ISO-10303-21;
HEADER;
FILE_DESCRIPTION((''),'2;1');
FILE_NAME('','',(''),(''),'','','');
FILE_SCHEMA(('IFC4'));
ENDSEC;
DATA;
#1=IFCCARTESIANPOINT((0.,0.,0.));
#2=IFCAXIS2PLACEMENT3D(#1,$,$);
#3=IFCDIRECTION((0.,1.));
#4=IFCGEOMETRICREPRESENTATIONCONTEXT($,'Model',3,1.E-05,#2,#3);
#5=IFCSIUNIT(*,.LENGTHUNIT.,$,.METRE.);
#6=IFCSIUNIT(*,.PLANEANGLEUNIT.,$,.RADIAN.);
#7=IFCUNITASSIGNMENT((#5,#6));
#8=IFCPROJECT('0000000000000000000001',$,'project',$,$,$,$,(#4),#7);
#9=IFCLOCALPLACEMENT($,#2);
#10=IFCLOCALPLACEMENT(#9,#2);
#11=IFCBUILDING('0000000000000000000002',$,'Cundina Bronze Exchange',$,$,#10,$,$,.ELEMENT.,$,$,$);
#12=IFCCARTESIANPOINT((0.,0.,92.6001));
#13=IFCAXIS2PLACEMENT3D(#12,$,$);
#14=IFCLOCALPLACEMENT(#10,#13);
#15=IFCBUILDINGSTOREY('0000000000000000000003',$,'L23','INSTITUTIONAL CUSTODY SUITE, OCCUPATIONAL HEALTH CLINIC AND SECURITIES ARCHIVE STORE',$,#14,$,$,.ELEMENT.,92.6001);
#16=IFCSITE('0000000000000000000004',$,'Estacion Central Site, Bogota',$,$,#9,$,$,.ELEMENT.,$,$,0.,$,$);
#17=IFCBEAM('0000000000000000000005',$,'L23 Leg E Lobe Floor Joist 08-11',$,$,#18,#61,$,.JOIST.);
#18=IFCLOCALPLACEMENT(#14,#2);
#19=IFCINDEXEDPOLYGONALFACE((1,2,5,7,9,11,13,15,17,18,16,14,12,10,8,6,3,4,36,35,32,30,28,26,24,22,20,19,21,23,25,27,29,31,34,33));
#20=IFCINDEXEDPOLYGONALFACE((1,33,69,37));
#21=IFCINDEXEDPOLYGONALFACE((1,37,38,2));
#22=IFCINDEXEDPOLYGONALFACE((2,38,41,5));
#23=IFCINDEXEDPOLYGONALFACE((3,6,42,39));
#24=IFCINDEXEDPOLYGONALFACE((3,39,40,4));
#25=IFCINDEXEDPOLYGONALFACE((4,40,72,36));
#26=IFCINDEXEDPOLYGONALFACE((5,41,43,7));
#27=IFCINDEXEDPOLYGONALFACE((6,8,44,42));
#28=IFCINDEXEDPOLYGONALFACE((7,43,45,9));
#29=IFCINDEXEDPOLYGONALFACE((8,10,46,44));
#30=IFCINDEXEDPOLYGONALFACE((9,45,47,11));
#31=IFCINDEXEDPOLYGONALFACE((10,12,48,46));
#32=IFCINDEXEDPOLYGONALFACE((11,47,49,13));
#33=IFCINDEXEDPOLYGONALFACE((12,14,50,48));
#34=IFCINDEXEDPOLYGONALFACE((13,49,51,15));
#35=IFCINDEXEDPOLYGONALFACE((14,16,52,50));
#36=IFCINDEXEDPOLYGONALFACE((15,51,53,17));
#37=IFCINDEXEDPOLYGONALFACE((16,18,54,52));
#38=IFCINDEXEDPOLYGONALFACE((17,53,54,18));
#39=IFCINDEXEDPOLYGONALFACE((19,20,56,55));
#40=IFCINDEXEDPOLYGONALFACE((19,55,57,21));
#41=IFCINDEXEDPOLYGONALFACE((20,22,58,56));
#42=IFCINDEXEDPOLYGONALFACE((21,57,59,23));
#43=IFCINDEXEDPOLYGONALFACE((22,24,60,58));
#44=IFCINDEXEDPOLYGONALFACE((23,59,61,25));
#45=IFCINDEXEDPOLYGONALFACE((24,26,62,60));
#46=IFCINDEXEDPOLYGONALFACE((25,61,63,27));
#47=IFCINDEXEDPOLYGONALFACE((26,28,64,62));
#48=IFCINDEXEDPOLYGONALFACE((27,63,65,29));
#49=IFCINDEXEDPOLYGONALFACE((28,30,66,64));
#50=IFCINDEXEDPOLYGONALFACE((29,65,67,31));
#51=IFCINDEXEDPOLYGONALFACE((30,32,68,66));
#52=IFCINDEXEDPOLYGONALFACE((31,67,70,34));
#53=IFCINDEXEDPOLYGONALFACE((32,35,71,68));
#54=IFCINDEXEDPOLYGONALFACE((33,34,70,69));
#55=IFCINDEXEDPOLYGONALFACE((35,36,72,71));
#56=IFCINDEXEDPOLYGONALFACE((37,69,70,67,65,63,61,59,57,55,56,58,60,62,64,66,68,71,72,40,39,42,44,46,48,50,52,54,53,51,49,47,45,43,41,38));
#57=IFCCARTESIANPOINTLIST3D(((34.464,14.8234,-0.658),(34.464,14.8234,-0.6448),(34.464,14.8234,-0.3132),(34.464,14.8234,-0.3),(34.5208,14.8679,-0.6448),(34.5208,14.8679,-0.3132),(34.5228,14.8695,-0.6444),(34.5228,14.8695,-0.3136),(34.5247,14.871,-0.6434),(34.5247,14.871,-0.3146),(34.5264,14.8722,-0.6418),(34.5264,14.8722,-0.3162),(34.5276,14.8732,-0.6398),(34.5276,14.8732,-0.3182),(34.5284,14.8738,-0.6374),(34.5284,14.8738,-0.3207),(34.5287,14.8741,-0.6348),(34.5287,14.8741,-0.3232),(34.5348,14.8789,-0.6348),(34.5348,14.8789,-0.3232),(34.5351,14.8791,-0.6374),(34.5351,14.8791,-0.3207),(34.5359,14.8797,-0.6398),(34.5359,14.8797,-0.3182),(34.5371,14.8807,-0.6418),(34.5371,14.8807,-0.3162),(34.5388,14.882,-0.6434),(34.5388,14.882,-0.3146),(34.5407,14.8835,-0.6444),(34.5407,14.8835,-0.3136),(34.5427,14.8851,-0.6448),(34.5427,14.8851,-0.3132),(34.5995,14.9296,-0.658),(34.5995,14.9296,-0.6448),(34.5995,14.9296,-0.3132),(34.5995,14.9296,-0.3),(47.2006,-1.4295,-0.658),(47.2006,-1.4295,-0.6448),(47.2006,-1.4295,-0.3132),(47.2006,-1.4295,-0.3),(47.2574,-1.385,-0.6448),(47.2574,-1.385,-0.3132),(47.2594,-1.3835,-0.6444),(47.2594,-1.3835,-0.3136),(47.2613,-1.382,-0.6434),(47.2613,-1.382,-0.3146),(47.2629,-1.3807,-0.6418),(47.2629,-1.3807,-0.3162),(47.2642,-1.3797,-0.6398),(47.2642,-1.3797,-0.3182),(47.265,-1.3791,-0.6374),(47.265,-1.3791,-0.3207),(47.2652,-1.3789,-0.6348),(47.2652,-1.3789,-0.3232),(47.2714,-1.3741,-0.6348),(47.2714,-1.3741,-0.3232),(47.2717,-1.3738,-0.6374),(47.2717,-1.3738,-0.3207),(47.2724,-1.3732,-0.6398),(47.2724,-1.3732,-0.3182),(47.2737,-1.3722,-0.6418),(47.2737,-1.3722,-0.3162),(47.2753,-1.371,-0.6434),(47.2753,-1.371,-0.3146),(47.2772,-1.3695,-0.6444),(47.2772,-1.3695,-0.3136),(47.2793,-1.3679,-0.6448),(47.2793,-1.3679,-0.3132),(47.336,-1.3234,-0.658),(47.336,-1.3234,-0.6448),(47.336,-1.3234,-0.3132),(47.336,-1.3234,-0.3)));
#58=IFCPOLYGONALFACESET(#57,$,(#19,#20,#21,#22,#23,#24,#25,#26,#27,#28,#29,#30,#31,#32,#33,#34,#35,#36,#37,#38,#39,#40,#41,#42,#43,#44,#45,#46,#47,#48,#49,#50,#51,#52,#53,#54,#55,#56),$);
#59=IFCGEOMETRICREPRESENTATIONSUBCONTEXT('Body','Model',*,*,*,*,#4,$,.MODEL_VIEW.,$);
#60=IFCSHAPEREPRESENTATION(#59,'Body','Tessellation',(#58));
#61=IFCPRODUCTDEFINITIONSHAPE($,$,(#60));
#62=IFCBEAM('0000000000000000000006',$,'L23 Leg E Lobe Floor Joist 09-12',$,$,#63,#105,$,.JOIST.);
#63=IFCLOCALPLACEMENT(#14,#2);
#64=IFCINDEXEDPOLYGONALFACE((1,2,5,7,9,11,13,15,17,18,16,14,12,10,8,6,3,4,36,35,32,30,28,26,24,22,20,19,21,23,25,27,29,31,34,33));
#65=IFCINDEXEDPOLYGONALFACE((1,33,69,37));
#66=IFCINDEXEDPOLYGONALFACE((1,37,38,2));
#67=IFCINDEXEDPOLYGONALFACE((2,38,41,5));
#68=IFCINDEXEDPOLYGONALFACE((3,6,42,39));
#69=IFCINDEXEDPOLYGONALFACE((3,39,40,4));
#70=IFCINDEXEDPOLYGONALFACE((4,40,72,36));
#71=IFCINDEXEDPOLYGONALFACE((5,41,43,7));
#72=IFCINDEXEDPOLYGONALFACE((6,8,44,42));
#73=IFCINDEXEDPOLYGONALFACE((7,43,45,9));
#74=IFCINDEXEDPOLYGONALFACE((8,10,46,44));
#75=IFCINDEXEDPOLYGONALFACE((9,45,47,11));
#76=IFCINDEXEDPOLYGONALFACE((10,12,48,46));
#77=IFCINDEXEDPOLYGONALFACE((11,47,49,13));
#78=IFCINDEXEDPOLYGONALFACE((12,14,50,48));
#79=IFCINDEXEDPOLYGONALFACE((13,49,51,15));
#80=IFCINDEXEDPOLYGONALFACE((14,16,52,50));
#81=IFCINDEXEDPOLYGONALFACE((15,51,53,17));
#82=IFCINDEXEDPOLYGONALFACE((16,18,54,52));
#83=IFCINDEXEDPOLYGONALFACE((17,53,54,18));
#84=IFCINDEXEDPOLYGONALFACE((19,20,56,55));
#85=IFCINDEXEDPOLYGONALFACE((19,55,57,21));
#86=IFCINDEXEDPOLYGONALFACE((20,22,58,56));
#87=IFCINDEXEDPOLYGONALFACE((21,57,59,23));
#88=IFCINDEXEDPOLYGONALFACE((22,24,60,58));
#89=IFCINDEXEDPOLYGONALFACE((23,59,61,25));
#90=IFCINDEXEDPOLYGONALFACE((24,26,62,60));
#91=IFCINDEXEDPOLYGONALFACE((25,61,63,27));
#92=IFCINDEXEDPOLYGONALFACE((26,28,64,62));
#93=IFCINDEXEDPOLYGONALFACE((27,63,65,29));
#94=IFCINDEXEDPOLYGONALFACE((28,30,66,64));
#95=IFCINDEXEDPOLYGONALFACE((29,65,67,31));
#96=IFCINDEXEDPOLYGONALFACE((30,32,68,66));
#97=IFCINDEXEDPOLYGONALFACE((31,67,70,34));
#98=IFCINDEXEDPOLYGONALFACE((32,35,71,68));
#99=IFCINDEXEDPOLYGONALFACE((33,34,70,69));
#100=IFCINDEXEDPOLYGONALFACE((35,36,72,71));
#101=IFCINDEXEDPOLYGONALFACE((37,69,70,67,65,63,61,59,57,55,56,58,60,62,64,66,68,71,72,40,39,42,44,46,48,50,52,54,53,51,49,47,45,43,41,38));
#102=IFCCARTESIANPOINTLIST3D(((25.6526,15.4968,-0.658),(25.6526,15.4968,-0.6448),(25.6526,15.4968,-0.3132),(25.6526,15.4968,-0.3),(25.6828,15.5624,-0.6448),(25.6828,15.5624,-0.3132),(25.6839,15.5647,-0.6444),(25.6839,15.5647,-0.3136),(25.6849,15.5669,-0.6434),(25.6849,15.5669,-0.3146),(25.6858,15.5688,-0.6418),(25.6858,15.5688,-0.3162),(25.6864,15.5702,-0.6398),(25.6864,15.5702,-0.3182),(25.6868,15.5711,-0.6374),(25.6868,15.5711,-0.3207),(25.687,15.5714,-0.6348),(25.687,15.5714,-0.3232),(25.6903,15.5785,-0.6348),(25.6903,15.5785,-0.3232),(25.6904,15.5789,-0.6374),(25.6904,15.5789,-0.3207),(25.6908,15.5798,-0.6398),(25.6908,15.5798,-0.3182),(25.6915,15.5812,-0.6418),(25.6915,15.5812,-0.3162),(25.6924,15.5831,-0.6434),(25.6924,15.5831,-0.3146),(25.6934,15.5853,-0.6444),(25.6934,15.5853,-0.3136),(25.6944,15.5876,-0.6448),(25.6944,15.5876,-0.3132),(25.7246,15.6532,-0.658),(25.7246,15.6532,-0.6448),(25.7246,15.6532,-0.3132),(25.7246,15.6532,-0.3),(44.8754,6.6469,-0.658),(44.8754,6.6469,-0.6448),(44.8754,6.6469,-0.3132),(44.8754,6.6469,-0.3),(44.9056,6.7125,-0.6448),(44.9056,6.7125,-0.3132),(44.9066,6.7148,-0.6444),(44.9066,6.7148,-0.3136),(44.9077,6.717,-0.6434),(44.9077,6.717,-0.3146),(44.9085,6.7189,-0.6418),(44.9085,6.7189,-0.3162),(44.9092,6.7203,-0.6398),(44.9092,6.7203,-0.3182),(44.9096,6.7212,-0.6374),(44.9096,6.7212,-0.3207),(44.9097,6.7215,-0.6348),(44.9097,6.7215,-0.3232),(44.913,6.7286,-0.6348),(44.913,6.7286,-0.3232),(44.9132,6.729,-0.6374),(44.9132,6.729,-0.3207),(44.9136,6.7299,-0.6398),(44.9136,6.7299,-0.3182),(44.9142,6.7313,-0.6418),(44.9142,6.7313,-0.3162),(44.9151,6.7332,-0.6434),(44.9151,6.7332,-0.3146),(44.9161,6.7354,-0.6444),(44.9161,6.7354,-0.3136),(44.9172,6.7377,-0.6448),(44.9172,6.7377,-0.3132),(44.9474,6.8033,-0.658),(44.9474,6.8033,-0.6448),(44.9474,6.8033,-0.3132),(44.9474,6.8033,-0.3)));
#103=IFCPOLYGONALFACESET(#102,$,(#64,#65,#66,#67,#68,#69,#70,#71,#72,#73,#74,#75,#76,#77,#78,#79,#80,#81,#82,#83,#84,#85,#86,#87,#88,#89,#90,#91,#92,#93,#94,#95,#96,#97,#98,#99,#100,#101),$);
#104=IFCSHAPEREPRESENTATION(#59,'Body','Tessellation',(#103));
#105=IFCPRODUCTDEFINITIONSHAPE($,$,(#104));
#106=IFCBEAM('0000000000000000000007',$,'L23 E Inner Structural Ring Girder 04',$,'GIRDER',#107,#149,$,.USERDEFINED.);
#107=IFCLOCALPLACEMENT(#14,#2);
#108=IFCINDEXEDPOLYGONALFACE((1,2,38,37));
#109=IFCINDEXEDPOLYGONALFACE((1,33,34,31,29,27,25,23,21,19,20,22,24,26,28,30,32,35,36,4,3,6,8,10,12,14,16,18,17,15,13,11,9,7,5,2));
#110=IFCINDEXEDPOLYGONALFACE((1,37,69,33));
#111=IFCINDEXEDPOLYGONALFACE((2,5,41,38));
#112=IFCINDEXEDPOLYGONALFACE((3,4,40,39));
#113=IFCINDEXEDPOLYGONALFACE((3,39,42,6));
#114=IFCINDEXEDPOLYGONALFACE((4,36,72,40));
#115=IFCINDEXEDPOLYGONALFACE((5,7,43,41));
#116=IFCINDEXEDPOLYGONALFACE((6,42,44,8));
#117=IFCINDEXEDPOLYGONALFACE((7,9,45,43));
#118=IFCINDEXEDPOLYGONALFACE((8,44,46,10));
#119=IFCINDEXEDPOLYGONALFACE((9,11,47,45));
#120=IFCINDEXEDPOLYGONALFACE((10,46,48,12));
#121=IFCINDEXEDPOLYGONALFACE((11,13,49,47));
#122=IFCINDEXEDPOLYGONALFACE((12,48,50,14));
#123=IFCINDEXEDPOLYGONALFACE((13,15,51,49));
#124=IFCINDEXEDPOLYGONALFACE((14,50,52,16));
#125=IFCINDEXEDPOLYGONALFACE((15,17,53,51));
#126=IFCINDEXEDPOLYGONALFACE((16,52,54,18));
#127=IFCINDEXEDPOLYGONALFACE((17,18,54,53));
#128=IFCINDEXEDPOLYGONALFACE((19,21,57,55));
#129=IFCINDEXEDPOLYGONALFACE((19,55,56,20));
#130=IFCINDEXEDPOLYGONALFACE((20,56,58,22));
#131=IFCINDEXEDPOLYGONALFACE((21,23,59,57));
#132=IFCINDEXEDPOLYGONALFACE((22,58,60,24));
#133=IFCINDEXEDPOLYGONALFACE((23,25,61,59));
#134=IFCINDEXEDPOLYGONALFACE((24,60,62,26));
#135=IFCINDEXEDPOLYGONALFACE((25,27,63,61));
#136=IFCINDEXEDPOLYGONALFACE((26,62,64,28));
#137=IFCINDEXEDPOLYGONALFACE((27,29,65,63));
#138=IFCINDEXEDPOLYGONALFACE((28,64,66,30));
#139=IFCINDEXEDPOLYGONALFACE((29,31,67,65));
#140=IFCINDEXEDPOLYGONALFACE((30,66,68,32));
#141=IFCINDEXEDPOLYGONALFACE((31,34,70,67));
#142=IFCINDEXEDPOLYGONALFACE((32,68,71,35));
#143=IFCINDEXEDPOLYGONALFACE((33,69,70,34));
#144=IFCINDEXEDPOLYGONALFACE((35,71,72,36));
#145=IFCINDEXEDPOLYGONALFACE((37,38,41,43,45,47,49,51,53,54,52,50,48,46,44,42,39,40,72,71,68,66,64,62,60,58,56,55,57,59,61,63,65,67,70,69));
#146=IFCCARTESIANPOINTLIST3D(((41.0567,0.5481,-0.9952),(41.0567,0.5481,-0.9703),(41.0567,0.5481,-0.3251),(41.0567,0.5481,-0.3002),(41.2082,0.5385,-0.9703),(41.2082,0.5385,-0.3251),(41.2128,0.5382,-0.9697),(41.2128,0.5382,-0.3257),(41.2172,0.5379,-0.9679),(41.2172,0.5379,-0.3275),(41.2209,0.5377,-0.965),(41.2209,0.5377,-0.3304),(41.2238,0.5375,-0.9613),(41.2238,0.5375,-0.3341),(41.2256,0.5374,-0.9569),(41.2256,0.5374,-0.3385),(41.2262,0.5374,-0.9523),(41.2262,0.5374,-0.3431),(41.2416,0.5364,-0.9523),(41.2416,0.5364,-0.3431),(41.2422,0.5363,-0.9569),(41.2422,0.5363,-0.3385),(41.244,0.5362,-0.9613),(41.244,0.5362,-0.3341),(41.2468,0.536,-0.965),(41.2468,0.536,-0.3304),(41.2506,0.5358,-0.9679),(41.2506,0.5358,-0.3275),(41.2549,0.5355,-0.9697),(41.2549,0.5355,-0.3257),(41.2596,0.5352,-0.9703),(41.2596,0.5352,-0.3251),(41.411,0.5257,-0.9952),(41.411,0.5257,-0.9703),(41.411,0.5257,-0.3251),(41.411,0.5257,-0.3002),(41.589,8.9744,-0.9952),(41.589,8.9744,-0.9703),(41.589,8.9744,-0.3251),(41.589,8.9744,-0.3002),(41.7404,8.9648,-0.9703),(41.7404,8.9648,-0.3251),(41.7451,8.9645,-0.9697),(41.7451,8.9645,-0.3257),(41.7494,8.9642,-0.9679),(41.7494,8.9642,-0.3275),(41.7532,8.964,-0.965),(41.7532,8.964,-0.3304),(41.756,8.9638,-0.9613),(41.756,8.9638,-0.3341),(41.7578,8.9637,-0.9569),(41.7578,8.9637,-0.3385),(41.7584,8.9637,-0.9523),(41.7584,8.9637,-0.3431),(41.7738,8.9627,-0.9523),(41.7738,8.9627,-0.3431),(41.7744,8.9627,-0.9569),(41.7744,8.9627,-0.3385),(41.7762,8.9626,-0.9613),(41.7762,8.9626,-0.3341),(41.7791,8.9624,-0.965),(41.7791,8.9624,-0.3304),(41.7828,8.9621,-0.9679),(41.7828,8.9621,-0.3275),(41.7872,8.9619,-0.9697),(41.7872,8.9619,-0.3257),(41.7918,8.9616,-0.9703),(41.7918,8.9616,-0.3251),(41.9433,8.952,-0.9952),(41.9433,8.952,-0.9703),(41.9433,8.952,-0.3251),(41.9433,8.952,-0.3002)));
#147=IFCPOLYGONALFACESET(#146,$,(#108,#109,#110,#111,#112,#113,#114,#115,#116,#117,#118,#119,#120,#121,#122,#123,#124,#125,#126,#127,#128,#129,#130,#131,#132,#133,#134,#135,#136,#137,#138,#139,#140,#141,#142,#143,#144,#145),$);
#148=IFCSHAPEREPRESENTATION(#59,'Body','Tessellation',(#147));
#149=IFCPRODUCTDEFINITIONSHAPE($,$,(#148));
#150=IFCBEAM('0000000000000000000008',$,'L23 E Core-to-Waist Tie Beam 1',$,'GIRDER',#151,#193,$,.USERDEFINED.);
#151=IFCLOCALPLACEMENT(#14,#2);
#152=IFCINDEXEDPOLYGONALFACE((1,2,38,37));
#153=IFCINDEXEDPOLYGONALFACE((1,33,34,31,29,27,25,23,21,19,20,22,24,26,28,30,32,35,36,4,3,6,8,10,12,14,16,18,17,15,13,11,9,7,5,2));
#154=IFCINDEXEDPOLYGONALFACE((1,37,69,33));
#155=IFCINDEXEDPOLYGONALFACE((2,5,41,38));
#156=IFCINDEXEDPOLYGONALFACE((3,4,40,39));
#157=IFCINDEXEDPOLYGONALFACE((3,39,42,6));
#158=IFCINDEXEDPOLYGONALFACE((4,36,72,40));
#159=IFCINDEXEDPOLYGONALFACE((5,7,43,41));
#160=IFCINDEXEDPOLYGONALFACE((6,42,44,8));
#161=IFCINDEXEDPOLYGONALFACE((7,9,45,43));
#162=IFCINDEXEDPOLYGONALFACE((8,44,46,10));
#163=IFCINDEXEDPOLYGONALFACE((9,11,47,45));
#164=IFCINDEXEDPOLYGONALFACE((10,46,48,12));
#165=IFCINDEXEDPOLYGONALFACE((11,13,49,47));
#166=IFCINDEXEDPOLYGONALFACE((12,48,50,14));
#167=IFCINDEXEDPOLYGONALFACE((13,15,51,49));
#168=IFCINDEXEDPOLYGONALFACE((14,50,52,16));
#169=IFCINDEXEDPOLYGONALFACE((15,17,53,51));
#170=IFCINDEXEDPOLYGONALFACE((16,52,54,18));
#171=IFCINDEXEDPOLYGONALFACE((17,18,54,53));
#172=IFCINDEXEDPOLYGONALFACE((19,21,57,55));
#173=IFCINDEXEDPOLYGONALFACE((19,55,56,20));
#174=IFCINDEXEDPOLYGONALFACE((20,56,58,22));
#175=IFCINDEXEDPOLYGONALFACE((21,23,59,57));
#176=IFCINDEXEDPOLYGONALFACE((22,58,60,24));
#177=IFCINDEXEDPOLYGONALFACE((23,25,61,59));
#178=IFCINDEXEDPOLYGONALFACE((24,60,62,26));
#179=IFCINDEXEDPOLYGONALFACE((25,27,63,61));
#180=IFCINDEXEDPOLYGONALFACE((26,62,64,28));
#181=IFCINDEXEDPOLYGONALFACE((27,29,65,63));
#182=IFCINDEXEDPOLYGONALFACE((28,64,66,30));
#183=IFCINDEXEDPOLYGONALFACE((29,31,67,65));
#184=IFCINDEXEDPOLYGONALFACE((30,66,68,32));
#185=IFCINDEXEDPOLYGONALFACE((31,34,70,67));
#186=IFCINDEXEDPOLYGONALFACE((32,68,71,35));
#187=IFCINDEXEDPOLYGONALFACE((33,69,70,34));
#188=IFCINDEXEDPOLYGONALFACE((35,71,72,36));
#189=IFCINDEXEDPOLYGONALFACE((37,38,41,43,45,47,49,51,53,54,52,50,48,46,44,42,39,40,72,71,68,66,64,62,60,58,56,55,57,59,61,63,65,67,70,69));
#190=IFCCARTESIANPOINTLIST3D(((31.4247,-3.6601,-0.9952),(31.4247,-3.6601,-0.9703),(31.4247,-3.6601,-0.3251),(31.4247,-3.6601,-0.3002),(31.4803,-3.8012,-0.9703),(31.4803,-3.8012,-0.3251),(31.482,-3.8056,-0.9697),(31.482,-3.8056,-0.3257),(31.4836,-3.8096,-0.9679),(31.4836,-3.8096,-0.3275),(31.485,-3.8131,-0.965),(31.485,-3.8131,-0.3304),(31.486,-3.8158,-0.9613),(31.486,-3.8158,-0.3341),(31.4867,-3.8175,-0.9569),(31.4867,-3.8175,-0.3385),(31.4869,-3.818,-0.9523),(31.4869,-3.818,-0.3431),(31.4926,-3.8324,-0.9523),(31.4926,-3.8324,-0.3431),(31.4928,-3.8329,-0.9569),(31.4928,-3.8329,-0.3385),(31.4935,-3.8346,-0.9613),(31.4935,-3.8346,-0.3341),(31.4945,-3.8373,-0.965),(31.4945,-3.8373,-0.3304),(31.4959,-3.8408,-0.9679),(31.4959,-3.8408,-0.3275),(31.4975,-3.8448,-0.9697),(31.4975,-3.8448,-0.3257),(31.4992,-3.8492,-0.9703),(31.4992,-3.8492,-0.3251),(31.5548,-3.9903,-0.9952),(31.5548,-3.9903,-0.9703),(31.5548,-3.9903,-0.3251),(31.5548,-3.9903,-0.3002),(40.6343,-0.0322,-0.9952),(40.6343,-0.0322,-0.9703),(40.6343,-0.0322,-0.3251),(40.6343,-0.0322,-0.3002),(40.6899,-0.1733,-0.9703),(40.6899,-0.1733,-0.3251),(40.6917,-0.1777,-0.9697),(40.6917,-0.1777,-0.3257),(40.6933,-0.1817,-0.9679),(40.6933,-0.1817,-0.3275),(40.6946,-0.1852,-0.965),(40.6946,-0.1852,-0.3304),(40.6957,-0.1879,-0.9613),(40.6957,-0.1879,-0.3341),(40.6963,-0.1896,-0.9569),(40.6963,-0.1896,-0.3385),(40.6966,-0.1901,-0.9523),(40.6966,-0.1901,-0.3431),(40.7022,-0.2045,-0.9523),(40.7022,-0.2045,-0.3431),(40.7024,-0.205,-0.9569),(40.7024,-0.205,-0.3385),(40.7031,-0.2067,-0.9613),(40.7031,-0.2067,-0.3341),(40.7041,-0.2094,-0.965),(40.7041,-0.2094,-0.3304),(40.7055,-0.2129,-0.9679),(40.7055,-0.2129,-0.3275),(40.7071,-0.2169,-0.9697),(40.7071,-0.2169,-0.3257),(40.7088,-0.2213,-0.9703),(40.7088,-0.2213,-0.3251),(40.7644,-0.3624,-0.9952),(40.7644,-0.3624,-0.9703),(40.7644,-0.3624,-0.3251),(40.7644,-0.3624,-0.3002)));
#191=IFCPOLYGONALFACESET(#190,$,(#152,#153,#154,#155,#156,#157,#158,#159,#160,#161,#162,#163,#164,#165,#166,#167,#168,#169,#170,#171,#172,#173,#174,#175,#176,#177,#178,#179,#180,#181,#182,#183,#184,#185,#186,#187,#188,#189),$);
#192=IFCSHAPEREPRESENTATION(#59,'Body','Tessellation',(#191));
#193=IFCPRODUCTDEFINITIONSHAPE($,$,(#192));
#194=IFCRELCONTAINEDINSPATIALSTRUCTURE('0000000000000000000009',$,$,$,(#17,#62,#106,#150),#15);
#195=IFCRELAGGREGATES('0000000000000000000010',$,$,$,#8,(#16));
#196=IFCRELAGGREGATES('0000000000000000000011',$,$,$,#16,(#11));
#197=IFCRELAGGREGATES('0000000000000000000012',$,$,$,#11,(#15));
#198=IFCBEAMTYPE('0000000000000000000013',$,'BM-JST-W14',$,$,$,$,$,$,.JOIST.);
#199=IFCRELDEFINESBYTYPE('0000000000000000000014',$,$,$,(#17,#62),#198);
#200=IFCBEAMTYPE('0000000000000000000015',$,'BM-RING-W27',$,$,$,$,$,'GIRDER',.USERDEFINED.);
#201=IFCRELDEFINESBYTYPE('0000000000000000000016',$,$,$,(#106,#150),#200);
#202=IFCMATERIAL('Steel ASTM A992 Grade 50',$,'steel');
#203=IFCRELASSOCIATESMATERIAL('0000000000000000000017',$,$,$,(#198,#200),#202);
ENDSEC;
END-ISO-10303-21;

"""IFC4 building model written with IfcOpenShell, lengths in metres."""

from ifc_helpers import new_model, si_unit, direction, frame, origin, origin_2d, place, context, subcontext, project, spatial, i_section, extrude, material, material_profile, profile_set, type_object, element, save


model = new_model("IFC4")

# Units and contexts
model_context = context("Model", 3, precision=1e-05, world=origin(), true_north=direction((0.0, 1.0)))
body_context = subcontext(model_context, "Body", "Model", "MODEL_VIEW")
ifc_project = project(units=[si_unit("LENGTHUNIT", "METRE"), si_unit("PLANEANGLEUNIT", "RADIAN")], contexts=[model_context])

# Site, building, storey
site_placement = place(None, origin())
site = spatial("IfcSite", under=ifc_project, at=site_placement, Name="Estacion Central Site, Bogota", CompositionType="ELEMENT", RefElevation=0.0)
building_placement = place(site_placement, origin())
building = spatial("IfcBuilding", under=site, at=building_placement, Name="Cundina Bronze Exchange", CompositionType="ELEMENT")
storey_placement = place(building_placement, frame((0.0, 0.0, 92.6001)))
storey = spatial("IfcBuildingStorey", under=building, at=storey_placement, Name="L23", Description="INSTITUTIONAL CUSTODY SUITE, OCCUPATIONAL HEALTH CLINIC AND SECURITIES ARCHIVE STORE", CompositionType="ELEMENT", Elevation=92.6001)

# Shared definitions
ifc_material_1 = material(Name="Steel ASTM A992 Grade 50", Category="steel")

# Beams
ifc_material_profile_1 = material_profile(ifc_material_1, i_section(OverallWidth=0.1721, OverallDepth=0.3579, WebThickness=0.0078, FlangeThickness=0.0132, FilletRadius=0.01, at=origin_2d()), Name="W14X38", Category="steel")
ifc_profile_set_1 = profile_set([ifc_material_profile_1], Name="Steel ASTM A992 Grade 50")
beam_type_1 = type_object("IfcBeamType", Name="BM-JST-W14", PredefinedType="JOIST", material=ifc_profile_set_1)
beam_1_placement = place(storey_placement, frame((47.2683, -1.3765, -0.479), z_axis=(-0.616815, 0.787108, 0.0), x_axis=(-0.787108, -0.616815, 0.0)))
element("IfcBeam", 1, at=beam_1_placement, inside=storey, type_object=beam_type_1, Name="L23 Leg E Lobe Floor Joist 08-11", PredefinedType="JOIST", context=body_context, shape_type="SweptSolid", body=[
    extrude(i_section(OverallWidth=0.1721, OverallDepth=0.3579, WebThickness=0.0078, FlangeThickness=0.0132, FilletRadius=0.01, at=origin_2d()), origin(), (0.0, 0.0, 1.0), 20.6489),
])
beam_2_placement = place(storey_placement, frame((44.9114, 6.7251, -0.479), z_axis=(-0.908357, 0.418195, 0.0), x_axis=(-0.418195, -0.908357, 0.0)))
element("IfcBeam", 2, at=beam_2_placement, inside=storey, type_object=beam_type_1, Name="L23 Leg E Lobe Floor Joist 09-12", PredefinedType="JOIST", context=body_context, shape_type="SweptSolid", body=[
    extrude(i_section(OverallWidth=0.1721, OverallDepth=0.3579, WebThickness=0.0078, FlangeThickness=0.0132, FilletRadius=0.01, at=origin_2d()), origin(), (0.0, 0.0, 1.0), 21.1621),
])
ifc_material_profile_2 = material_profile(ifc_material_1, i_section(OverallWidth=0.355, OverallDepth=0.6951, WebThickness=0.0154, FlangeThickness=0.0249, FilletRadius=0.0181, at=origin_2d()), Name="W27X146", Category="steel")
ifc_profile_set_2 = profile_set([ifc_material_profile_2], Name="Steel ASTM A992 Grade 50")
beam_type_2 = type_object("IfcBeamType", Name="BM-RING-W27", ElementType="GIRDER", PredefinedType="USERDEFINED", material=ifc_profile_set_2)
beam_3_placement = place(storey_placement, frame((41.2339, 0.5369, -0.6477), z_axis=(0.063037, 0.998011, 0.0), x_axis=(-0.998011, 0.063037, 0.0)))
element("IfcBeam", 3, at=beam_3_placement, inside=storey, type_object=beam_type_2, Name="L23 E Inner Structural Ring Girder 04", ObjectType="GIRDER", PredefinedType="USERDEFINED", context=body_context, shape_type="SweptSolid", body=[
    extrude(i_section(OverallWidth=0.355, OverallDepth=0.6951, WebThickness=0.0154, FlangeThickness=0.0249, FilletRadius=0.0181, at=origin_2d()), origin(), (0.0, 0.0, 1.0), 8.4431),
])
beam_4_placement = place(storey_placement, frame((31.4897, -3.8252, -0.6477), z_axis=(0.930413, 0.366512, 0.0), x_axis=(-0.366512, 0.930413, 0.0)))
element("IfcBeam", 4, at=beam_4_placement, inside=storey, type_object=beam_type_2, Name="L23 E Core-to-Waist Tie Beam 1", ObjectType="GIRDER", PredefinedType="USERDEFINED", context=body_context, shape_type="SweptSolid", body=[
    extrude(i_section(OverallWidth=0.355, OverallDepth=0.6951, WebThickness=0.0154, FlangeThickness=0.0249, FilletRadius=0.0181, at=origin_2d()), origin(), (0.0, 0.0, 1.0), 9.8984),
])

save(model, "model.ifc")
